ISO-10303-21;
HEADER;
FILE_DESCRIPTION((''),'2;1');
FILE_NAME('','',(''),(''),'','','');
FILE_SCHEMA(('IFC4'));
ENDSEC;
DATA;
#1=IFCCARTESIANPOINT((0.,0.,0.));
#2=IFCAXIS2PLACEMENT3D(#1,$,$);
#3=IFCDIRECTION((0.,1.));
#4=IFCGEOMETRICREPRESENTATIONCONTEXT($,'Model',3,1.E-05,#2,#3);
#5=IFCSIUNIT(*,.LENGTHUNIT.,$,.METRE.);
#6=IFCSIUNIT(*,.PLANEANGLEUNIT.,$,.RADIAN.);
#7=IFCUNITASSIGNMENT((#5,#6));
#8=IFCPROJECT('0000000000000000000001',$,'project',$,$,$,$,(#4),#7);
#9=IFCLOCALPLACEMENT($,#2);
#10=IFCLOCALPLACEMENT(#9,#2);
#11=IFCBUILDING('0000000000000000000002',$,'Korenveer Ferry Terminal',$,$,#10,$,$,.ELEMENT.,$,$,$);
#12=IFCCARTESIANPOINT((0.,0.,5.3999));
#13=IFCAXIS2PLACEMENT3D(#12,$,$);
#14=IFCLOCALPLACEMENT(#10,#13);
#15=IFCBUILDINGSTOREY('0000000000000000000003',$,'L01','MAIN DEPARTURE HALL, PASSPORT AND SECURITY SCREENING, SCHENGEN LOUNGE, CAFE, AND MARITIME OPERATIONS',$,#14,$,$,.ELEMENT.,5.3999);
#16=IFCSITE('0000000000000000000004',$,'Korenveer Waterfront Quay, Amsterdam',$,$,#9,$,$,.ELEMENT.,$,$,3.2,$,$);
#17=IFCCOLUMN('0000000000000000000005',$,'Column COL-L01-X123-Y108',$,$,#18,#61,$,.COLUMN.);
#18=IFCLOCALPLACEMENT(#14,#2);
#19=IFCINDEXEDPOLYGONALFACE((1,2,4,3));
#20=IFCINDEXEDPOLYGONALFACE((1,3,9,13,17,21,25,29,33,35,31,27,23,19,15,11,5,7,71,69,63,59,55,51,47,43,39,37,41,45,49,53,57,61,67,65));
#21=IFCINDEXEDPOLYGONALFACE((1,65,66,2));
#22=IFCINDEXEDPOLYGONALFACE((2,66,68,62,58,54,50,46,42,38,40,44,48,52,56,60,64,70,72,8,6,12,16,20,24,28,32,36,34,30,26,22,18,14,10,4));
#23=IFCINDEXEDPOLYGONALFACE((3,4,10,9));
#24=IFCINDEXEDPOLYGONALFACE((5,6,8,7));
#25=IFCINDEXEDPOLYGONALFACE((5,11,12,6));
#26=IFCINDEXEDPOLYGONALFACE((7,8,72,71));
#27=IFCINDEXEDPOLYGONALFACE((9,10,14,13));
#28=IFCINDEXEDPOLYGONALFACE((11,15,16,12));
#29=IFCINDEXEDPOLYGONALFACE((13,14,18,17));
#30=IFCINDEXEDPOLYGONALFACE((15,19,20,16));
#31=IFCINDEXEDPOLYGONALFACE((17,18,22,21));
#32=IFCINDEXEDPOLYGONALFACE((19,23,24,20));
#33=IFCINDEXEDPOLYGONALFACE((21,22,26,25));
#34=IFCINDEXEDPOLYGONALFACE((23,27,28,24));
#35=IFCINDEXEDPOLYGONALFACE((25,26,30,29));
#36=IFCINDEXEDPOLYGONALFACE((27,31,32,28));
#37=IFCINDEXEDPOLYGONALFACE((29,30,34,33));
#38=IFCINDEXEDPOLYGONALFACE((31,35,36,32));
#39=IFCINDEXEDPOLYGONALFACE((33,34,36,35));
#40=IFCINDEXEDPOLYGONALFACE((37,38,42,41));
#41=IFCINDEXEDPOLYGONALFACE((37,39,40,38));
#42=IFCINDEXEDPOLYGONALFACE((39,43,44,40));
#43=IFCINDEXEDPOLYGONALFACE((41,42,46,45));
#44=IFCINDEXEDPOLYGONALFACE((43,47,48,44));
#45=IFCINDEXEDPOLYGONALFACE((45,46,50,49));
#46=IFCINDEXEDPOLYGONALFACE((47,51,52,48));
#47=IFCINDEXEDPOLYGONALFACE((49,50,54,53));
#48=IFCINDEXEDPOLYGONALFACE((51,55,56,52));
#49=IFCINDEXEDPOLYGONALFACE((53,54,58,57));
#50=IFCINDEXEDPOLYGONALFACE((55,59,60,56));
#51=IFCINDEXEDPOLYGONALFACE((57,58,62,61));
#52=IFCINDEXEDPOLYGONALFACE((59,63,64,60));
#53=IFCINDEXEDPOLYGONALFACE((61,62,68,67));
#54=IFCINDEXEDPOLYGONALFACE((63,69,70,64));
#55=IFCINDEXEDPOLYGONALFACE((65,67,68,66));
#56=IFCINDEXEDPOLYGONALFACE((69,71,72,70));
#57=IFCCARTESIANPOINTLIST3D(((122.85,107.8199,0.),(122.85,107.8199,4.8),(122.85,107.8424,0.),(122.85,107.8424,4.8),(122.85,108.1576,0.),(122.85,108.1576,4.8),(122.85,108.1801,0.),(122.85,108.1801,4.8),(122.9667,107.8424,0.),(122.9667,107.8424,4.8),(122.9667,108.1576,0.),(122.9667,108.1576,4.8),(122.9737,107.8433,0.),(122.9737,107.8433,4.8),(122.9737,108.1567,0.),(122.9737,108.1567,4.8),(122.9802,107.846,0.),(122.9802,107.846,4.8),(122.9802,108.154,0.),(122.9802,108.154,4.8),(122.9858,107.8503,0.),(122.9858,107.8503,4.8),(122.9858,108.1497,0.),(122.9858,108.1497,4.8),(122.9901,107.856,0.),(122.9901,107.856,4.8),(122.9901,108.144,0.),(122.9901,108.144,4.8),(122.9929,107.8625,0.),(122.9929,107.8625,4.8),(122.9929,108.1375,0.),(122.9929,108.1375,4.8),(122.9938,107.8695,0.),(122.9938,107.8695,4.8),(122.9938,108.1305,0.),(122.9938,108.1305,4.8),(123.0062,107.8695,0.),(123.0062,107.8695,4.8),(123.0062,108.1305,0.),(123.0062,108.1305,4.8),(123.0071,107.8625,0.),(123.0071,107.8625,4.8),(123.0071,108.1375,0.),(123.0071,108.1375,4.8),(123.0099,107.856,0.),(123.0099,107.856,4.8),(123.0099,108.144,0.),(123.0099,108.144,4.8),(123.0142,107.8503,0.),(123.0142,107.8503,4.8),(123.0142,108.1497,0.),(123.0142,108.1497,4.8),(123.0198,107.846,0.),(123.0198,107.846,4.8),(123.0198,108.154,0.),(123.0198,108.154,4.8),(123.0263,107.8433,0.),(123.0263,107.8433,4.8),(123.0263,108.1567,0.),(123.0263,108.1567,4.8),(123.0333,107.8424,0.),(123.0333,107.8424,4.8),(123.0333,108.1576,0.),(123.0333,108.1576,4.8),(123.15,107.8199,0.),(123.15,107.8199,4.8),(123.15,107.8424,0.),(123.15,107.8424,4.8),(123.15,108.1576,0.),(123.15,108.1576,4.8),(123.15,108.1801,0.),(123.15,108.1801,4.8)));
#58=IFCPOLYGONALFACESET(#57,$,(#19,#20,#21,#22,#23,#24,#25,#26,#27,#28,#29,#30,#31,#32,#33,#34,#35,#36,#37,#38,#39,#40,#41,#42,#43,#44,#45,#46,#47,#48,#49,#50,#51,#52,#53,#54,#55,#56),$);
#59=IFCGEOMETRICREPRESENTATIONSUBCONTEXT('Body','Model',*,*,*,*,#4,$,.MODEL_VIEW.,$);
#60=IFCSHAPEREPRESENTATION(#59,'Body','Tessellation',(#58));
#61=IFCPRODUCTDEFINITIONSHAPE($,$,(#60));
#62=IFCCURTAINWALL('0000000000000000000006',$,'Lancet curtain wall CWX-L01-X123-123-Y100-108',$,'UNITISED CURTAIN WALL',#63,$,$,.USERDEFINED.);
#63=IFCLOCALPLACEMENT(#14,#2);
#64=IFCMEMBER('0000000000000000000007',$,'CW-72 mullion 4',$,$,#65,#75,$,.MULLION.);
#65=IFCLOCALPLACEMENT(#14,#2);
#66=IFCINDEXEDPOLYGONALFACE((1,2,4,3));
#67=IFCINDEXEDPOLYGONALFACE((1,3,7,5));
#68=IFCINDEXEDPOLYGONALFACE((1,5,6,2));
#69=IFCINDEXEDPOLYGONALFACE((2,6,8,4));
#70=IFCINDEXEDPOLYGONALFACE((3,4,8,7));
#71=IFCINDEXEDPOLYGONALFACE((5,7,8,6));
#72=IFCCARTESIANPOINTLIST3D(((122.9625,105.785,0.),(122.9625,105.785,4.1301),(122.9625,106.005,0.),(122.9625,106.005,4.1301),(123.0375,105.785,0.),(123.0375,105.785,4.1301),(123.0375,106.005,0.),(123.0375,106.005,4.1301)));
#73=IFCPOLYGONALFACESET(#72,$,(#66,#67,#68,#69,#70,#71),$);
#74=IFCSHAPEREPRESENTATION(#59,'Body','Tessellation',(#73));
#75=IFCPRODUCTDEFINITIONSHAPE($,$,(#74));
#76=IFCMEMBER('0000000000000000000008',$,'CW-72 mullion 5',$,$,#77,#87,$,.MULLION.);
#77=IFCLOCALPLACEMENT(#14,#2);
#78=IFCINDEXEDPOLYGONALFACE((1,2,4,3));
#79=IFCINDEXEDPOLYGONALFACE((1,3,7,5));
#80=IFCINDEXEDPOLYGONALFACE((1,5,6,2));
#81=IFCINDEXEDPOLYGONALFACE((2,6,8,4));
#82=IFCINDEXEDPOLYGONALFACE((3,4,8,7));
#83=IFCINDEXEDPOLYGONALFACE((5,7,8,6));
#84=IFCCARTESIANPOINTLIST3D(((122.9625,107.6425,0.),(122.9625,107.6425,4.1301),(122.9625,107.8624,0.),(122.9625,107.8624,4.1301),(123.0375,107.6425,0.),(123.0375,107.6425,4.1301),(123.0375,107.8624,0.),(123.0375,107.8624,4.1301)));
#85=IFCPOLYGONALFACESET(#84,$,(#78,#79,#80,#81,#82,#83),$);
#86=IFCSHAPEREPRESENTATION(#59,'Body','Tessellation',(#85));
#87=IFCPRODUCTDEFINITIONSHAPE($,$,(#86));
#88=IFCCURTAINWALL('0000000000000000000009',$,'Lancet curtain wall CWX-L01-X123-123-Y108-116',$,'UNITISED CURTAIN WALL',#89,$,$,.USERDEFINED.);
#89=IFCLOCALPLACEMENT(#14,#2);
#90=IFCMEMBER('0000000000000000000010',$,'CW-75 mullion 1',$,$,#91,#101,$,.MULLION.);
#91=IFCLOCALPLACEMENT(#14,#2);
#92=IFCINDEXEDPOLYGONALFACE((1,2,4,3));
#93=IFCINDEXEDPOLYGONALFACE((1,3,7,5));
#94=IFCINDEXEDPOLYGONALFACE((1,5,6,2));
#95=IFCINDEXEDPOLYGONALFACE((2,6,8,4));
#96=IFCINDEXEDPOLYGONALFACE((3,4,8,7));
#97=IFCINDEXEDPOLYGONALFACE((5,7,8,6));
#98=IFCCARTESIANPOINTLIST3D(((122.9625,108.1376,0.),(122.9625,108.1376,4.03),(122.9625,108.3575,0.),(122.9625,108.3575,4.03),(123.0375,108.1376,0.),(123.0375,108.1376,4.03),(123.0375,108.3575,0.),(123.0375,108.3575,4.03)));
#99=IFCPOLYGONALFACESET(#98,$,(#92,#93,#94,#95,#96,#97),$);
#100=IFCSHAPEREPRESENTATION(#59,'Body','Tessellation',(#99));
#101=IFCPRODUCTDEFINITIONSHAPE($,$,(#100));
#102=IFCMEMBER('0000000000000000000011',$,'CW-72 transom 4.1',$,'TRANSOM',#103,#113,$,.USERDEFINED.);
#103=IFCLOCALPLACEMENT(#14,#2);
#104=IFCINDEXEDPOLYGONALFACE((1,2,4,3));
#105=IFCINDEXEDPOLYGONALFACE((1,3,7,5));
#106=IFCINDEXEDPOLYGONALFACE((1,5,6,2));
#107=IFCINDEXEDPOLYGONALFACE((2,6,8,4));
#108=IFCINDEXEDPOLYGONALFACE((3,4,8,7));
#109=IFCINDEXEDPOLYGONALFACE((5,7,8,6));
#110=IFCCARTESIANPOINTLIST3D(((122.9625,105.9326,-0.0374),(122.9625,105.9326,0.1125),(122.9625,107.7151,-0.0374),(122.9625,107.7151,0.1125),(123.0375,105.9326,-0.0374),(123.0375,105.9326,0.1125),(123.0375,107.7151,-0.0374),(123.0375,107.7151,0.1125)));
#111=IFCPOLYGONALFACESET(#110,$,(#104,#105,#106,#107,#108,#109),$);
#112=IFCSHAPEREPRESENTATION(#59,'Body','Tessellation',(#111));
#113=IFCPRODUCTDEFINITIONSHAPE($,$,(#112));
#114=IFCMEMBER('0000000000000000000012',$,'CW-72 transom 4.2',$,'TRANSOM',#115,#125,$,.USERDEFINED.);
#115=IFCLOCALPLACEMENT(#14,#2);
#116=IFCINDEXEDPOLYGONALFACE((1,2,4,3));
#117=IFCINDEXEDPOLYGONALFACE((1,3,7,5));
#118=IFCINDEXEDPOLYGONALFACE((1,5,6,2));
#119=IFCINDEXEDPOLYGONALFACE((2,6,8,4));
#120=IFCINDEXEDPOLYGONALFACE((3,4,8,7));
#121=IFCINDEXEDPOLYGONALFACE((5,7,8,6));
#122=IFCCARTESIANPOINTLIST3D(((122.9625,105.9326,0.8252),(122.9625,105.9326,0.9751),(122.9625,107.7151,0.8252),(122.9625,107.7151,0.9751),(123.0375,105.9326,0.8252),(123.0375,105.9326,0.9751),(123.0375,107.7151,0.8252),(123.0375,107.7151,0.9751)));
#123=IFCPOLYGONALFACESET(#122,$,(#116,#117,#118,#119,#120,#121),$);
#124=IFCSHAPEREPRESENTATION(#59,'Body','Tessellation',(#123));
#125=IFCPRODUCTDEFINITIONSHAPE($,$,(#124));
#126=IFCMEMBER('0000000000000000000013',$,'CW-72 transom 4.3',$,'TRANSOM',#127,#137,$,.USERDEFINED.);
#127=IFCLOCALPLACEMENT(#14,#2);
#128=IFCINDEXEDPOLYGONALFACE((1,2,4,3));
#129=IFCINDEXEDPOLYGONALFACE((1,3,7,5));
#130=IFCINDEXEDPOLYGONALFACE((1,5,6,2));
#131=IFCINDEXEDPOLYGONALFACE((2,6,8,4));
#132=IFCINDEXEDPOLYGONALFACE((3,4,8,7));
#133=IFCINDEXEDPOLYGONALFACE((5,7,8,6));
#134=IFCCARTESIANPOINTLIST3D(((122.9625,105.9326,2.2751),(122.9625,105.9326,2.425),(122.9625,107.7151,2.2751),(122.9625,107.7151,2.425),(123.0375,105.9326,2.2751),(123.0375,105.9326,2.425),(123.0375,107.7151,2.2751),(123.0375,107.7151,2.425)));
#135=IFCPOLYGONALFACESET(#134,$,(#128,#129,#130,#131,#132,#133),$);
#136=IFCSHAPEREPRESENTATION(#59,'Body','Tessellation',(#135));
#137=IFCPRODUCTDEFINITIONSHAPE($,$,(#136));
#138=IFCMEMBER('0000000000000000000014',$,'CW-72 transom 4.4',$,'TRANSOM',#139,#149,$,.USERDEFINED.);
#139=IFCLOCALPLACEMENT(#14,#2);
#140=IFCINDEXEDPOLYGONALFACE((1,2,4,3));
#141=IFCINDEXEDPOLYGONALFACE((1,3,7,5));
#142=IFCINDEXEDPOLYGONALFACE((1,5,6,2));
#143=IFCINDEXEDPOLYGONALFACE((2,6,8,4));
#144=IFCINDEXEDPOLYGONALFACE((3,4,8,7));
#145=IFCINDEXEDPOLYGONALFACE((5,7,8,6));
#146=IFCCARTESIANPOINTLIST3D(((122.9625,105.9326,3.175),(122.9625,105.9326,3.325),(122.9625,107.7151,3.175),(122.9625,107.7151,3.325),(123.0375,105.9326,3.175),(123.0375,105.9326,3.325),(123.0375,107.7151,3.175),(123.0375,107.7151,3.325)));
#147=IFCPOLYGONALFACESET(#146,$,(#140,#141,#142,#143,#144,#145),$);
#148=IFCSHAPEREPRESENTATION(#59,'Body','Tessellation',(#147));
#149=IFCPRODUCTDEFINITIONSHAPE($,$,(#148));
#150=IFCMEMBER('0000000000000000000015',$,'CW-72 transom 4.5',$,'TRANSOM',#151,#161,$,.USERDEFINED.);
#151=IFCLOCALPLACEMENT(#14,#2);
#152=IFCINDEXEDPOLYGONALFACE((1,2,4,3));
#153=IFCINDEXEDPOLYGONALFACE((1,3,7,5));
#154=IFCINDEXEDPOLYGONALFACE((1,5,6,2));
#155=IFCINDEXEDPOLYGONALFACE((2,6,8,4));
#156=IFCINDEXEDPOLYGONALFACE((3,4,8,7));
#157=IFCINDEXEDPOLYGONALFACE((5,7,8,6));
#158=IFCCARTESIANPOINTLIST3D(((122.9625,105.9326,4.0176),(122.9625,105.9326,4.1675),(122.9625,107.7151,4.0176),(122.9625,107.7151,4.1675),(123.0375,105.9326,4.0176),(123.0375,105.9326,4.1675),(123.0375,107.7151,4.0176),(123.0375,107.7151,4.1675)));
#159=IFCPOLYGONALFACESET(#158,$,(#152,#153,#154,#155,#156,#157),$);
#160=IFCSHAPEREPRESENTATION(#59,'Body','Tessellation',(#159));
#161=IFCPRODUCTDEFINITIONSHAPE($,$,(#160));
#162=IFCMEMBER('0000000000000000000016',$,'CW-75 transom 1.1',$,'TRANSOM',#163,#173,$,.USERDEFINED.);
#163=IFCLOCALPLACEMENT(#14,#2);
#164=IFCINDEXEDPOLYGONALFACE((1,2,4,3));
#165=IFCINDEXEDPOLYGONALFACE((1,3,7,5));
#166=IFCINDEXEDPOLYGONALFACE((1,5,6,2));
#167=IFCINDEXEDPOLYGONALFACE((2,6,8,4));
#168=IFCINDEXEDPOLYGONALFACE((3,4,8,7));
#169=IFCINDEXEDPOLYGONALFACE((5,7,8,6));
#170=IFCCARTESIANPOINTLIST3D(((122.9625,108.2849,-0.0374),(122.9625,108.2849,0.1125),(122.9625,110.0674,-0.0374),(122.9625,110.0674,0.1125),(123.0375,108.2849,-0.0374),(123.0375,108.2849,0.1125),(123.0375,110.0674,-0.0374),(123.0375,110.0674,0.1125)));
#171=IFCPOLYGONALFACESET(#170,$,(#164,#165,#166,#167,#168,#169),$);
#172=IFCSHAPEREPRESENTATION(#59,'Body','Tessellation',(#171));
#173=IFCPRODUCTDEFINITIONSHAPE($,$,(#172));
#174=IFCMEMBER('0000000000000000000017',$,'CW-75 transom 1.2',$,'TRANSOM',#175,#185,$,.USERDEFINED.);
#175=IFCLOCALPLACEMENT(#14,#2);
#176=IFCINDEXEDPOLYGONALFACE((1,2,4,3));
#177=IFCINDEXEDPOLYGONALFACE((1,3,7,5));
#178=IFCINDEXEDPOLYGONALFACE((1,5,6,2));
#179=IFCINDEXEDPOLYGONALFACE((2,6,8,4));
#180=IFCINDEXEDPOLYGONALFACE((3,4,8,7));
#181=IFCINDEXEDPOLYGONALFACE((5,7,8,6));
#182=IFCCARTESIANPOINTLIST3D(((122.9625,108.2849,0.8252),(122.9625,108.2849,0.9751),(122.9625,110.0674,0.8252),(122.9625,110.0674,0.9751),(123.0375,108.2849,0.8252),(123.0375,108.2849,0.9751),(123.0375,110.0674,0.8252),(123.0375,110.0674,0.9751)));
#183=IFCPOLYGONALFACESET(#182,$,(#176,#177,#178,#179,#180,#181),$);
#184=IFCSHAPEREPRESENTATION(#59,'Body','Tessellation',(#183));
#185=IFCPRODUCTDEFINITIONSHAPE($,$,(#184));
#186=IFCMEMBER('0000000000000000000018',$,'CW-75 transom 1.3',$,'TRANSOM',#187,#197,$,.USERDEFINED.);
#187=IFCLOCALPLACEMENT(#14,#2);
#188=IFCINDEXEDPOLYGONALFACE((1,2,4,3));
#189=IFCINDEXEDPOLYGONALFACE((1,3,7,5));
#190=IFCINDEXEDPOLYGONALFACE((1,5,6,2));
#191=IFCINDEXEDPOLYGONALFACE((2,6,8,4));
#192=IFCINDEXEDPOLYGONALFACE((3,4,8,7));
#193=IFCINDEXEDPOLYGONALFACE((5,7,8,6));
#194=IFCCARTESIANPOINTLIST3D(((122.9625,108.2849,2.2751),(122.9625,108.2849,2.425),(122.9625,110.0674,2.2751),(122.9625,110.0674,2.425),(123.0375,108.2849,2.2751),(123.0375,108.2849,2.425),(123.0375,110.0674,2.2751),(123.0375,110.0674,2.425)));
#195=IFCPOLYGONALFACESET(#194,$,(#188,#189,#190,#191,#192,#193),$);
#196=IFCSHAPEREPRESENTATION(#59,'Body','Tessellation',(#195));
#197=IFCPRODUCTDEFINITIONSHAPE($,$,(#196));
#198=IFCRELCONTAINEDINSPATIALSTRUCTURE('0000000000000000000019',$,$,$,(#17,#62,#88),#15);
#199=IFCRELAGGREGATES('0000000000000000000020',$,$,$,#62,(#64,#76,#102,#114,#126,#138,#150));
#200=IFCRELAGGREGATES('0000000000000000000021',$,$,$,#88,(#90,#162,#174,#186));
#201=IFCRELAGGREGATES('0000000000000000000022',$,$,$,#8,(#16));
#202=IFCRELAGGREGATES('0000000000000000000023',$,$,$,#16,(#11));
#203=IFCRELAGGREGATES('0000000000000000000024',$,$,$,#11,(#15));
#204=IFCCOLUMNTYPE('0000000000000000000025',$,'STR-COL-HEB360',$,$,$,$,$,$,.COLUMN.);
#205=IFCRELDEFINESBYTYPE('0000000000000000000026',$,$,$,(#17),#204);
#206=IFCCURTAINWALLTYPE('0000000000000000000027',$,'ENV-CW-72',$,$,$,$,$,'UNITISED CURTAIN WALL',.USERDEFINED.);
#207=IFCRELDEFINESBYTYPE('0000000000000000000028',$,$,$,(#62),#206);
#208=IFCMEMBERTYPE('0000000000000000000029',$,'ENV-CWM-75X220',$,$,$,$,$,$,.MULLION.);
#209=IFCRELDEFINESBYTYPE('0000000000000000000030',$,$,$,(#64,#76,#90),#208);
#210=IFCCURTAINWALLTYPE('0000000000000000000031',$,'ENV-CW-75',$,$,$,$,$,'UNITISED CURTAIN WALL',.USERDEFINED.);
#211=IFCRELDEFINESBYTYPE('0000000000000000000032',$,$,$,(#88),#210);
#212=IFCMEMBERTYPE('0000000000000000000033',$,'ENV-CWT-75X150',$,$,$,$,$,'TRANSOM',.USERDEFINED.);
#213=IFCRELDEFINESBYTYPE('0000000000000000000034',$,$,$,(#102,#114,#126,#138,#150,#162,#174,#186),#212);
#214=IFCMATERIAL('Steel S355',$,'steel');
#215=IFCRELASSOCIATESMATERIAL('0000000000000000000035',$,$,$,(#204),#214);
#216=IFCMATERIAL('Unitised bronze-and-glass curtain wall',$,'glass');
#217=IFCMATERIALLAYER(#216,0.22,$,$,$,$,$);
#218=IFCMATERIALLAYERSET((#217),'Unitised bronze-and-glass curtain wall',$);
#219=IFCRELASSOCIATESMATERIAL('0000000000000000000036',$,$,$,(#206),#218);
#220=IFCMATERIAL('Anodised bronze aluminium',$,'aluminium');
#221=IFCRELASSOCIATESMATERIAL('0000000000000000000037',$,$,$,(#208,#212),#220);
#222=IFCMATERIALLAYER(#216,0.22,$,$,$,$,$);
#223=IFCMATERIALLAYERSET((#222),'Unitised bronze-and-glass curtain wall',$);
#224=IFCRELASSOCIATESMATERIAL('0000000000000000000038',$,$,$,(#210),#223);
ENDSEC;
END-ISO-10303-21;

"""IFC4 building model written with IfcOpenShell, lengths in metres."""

from ifc_helpers import new_model, si_unit, direction, frame, origin, origin_2d, place, context, subcontext, project, spatial, rectangle, i_section, extrude, material, layer, layer_set, material_profile, profile_set, type_object, element, aggregate, save


model = new_model("IFC4")

# Units and contexts
model_context = context("Model", 3, precision=1e-05, world=origin(), true_north=direction((0.0, 1.0)))
body_context = subcontext(model_context, "Body", "Model", "MODEL_VIEW")
ifc_project = project(units=[si_unit("LENGTHUNIT", "METRE"), si_unit("PLANEANGLEUNIT", "RADIAN")], contexts=[model_context])

# Site, building, storey
site_placement = place(None, origin())
site = spatial("IfcSite", under=ifc_project, at=site_placement, Name="Korenveer Waterfront Quay, Amsterdam", CompositionType="ELEMENT", RefElevation=3.2)
building_placement = place(site_placement, origin())
building = spatial("IfcBuilding", under=site, at=building_placement, Name="Korenveer Ferry Terminal", CompositionType="ELEMENT")
storey_placement = place(building_placement, frame((0.0, 0.0, 5.3999)))
storey = spatial("IfcBuildingStorey", under=building, at=storey_placement, Name="L01", Description="MAIN DEPARTURE HALL, PASSPORT AND SECURITY SCREENING, SCHENGEN LOUNGE, CAFE, AND MARITIME OPERATIONS", CompositionType="ELEMENT", Elevation=5.3999)

# Column
ifc_material_1 = material(Name="Steel S355", Category="steel")
ifc_material_profile_1 = material_profile(ifc_material_1, i_section(OverallWidth=0.3, OverallDepth=0.3601, WebThickness=0.0125, FlangeThickness=0.0225, FilletRadius=0.0271, at=origin_2d()), Name="HEB 360")
ifc_profile_set_1 = profile_set([ifc_material_profile_1], Name="Steel S355")
column_type = type_object("IfcColumnType", Name="STR-COL-HEB360", PredefinedType="COLUMN", material=ifc_profile_set_1)
column_placement = place(storey_placement, frame((123.0, 108.0, 0.0), z_axis=(0.0, 0.0, 1.0), x_axis=(1.0, 0.0, 0.0)))
element("IfcColumn", 1, at=column_placement, inside=storey, type_object=column_type, Name="Column COL-L01-X123-Y108", PredefinedType="COLUMN", context=body_context, shape_type="SweptSolid", body=[
    extrude(i_section(OverallWidth=0.3, OverallDepth=0.3601, WebThickness=0.0125, FlangeThickness=0.0225, FilletRadius=0.0271, at=origin_2d()), origin(), (0.0, 0.0, 1.0), 4.8),
])

# Curtain wall, members
ifc_material_2 = material(Name="Unitised bronze-and-glass curtain wall", Category="glass")
ifc_layer_1 = layer(ifc_material_2, 0.22)
ifc_layer_set_1 = layer_set([ifc_layer_1], Name="Unitised bronze-and-glass curtain wall")
curtain_wall_type_1 = type_object("IfcCurtainWallType", Name="ENV-CW-72", ElementType="UNITISED CURTAIN WALL", PredefinedType="USERDEFINED", material=ifc_layer_set_1)
curtain_wall_1_placement = place(storey_placement, frame((123.0, 100.21, 0.0)))
curtain_wall_1 = element("IfcCurtainWall", 2, at=curtain_wall_1_placement, inside=storey, type_object=curtain_wall_type_1, Name="Lancet curtain wall CWX-L01-X123-123-Y100-108", ObjectType="UNITISED CURTAIN WALL", PredefinedType="USERDEFINED")
ifc_material_3 = material(Name="Anodised bronze aluminium", Category="aluminium")
ifc_material_profile_2 = material_profile(ifc_material_3, rectangle(XDim=0.075, YDim=0.22, at=origin_2d()), Name="ALU 75x220")
ifc_profile_set_2 = profile_set([ifc_material_profile_2], Name="Anodised bronze aluminium")
member_type_1 = type_object("IfcMemberType", Name="ENV-CWM-75X220", PredefinedType="MULLION", material=ifc_profile_set_2)
member_1_placement = place(storey_placement, frame((123.0, 105.895, 0.0), z_axis=(0.0, 0.0, 1.0), x_axis=(-1.0, 0.0, 0.0)))
member_1 = element("IfcMember", 3, at=member_1_placement, type_object=member_type_1, Name="CW-72 mullion 4", PredefinedType="MULLION", context=body_context, shape_type="SweptSolid", body=[
    extrude(rectangle(XDim=0.075, YDim=0.22, at=origin_2d()), origin(), (0.0, 0.0, 1.0), 4.1301),
])
member_2_placement = place(storey_placement, frame((123.0, 107.7524, 0.0), z_axis=(0.0, 0.0, 1.0), x_axis=(-1.0, 0.0, 0.0)))
member_2 = element("IfcMember", 4, at=member_2_placement, type_object=member_type_1, Name="CW-72 mullion 5", PredefinedType="MULLION", context=body_context, shape_type="SweptSolid", body=[
    extrude(rectangle(XDim=0.075, YDim=0.22, at=origin_2d()), origin(), (0.0, 0.0, 1.0), 4.1301),
])

# Curtain wall, member
ifc_layer_2 = layer(ifc_material_2, 0.22)
ifc_layer_set_2 = layer_set([ifc_layer_2], Name="Unitised bronze-and-glass curtain wall")
curtain_wall_type_2 = type_object("IfcCurtainWallType", Name="ENV-CW-75", ElementType="UNITISED CURTAIN WALL", PredefinedType="USERDEFINED", material=ifc_layer_set_2)
curtain_wall_2_placement = place(storey_placement, frame((123.0, 108.21, 0.0)))
curtain_wall_2 = element("IfcCurtainWall", 5, at=curtain_wall_2_placement, inside=storey, type_object=curtain_wall_type_2, Name="Lancet curtain wall CWX-L01-X123-123-Y108-116", ObjectType="UNITISED CURTAIN WALL", PredefinedType="USERDEFINED")
member_3_placement = place(storey_placement, frame((123.0, 108.2476, 0.0), z_axis=(0.0, 0.0, 1.0), x_axis=(-1.0, 0.0, 0.0)))
member_3 = element("IfcMember", 6, at=member_3_placement, type_object=member_type_1, Name="CW-75 mullion 1", PredefinedType="MULLION", context=body_context, shape_type="SweptSolid", body=[
    extrude(rectangle(XDim=0.075, YDim=0.22, at=origin_2d()), origin(), (0.0, 0.0, 1.0), 4.03),
])

# Members
ifc_material_profile_3 = material_profile(ifc_material_3, rectangle(XDim=0.075, YDim=0.1499, at=origin_2d()), Name="ALU 75x150")
ifc_profile_set_3 = profile_set([ifc_material_profile_3], Name="Anodised bronze aluminium")
member_type_2 = type_object("IfcMemberType", Name="ENV-CWT-75X150", ElementType="TRANSOM", PredefinedType="USERDEFINED", material=ifc_profile_set_3)
member_4_placement = place(storey_placement, frame((123.0, 105.9326, 0.0376), z_axis=(0.0, 1.0, 0.0), x_axis=(-1.0, 0.0, 0.0)))
member_4 = element("IfcMember", 7, at=member_4_placement, type_object=member_type_2, Name="CW-72 transom 4.1", ObjectType="TRANSOM", PredefinedType="USERDEFINED", context=body_context, shape_type="SweptSolid", body=[
    extrude(rectangle(XDim=0.075, YDim=0.1499, at=origin_2d()), origin(), (0.0, 0.0, 1.0), 1.7825),
])
member_5_placement = place(storey_placement, frame((123.0, 105.9326, 0.9001), z_axis=(0.0, 1.0, 0.0), x_axis=(-1.0, 0.0, 0.0)))
member_5 = element("IfcMember", 8, at=member_5_placement, type_object=member_type_2, Name="CW-72 transom 4.2", ObjectType="TRANSOM", PredefinedType="USERDEFINED", context=body_context, shape_type="SweptSolid", body=[
    extrude(rectangle(XDim=0.075, YDim=0.1499, at=origin_2d()), origin(), (0.0, 0.0, 1.0), 1.7825),
])
member_6_placement = place(storey_placement, frame((123.0, 105.9326, 2.3501), z_axis=(0.0, 1.0, 0.0), x_axis=(-1.0, 0.0, 0.0)))
member_6 = element("IfcMember", 9, at=member_6_placement, type_object=member_type_2, Name="CW-72 transom 4.3", ObjectType="TRANSOM", PredefinedType="USERDEFINED", context=body_context, shape_type="SweptSolid", body=[
    extrude(rectangle(XDim=0.075, YDim=0.1499, at=origin_2d()), origin(), (0.0, 0.0, 1.0), 1.7825),
])
member_7_placement = place(storey_placement, frame((123.0, 105.9326, 3.25), z_axis=(0.0, 1.0, 0.0), x_axis=(-1.0, 0.0, 0.0)))
member_7 = element("IfcMember", 10, at=member_7_placement, type_object=member_type_2, Name="CW-72 transom 4.4", ObjectType="TRANSOM", PredefinedType="USERDEFINED", context=body_context, shape_type="SweptSolid", body=[
    extrude(rectangle(XDim=0.075, YDim=0.1499, at=origin_2d()), origin(), (0.0, 0.0, 1.0), 1.7825),
])
member_8_placement = place(storey_placement, frame((123.0, 105.9326, 4.0925), z_axis=(0.0, 1.0, 0.0), x_axis=(-1.0, 0.0, 0.0)))
member_8 = element("IfcMember", 11, at=member_8_placement, type_object=member_type_2, Name="CW-72 transom 4.5", ObjectType="TRANSOM", PredefinedType="USERDEFINED", context=body_context, shape_type="SweptSolid", body=[
    extrude(rectangle(XDim=0.075, YDim=0.1499, at=origin_2d()), origin(), (0.0, 0.0, 1.0), 1.7825),
])
member_9_placement = place(storey_placement, frame((123.0, 108.2849, 0.0376), z_axis=(0.0, 1.0, 0.0), x_axis=(-1.0, 0.0, 0.0)))
member_9 = element("IfcMember", 12, at=member_9_placement, type_object=member_type_2, Name="CW-75 transom 1.1", ObjectType="TRANSOM", PredefinedType="USERDEFINED", context=body_context, shape_type="SweptSolid", body=[
    extrude(rectangle(XDim=0.075, YDim=0.1499, at=origin_2d()), origin(), (0.0, 0.0, 1.0), 1.7825),
])
member_10_placement = place(storey_placement, frame((123.0, 108.2849, 0.9001), z_axis=(0.0, 1.0, 0.0), x_axis=(-1.0, 0.0, 0.0)))
member_10 = element("IfcMember", 13, at=member_10_placement, type_object=member_type_2, Name="CW-75 transom 1.2", ObjectType="TRANSOM", PredefinedType="USERDEFINED", context=body_context, shape_type="SweptSolid", body=[
    extrude(rectangle(XDim=0.075, YDim=0.1499, at=origin_2d()), origin(), (0.0, 0.0, 1.0), 1.7825),
])
member_11_placement = place(storey_placement, frame((123.0, 108.2849, 2.3501), z_axis=(0.0, 1.0, 0.0), x_axis=(-1.0, 0.0, 0.0)))
member_11 = element("IfcMember", 14, at=member_11_placement, type_object=member_type_2, Name="CW-75 transom 1.3", ObjectType="TRANSOM", PredefinedType="USERDEFINED", context=body_context, shape_type="SweptSolid", body=[
    extrude(rectangle(XDim=0.075, YDim=0.1499, at=origin_2d()), origin(), (0.0, 0.0, 1.0), 1.7825),
])

aggregate(curtain_wall_1, [member_1, member_2, member_4, member_5, member_6, member_7, member_8])
aggregate(curtain_wall_2, [member_3, member_9, member_10, member_11])

save(model, "model.ifc")
